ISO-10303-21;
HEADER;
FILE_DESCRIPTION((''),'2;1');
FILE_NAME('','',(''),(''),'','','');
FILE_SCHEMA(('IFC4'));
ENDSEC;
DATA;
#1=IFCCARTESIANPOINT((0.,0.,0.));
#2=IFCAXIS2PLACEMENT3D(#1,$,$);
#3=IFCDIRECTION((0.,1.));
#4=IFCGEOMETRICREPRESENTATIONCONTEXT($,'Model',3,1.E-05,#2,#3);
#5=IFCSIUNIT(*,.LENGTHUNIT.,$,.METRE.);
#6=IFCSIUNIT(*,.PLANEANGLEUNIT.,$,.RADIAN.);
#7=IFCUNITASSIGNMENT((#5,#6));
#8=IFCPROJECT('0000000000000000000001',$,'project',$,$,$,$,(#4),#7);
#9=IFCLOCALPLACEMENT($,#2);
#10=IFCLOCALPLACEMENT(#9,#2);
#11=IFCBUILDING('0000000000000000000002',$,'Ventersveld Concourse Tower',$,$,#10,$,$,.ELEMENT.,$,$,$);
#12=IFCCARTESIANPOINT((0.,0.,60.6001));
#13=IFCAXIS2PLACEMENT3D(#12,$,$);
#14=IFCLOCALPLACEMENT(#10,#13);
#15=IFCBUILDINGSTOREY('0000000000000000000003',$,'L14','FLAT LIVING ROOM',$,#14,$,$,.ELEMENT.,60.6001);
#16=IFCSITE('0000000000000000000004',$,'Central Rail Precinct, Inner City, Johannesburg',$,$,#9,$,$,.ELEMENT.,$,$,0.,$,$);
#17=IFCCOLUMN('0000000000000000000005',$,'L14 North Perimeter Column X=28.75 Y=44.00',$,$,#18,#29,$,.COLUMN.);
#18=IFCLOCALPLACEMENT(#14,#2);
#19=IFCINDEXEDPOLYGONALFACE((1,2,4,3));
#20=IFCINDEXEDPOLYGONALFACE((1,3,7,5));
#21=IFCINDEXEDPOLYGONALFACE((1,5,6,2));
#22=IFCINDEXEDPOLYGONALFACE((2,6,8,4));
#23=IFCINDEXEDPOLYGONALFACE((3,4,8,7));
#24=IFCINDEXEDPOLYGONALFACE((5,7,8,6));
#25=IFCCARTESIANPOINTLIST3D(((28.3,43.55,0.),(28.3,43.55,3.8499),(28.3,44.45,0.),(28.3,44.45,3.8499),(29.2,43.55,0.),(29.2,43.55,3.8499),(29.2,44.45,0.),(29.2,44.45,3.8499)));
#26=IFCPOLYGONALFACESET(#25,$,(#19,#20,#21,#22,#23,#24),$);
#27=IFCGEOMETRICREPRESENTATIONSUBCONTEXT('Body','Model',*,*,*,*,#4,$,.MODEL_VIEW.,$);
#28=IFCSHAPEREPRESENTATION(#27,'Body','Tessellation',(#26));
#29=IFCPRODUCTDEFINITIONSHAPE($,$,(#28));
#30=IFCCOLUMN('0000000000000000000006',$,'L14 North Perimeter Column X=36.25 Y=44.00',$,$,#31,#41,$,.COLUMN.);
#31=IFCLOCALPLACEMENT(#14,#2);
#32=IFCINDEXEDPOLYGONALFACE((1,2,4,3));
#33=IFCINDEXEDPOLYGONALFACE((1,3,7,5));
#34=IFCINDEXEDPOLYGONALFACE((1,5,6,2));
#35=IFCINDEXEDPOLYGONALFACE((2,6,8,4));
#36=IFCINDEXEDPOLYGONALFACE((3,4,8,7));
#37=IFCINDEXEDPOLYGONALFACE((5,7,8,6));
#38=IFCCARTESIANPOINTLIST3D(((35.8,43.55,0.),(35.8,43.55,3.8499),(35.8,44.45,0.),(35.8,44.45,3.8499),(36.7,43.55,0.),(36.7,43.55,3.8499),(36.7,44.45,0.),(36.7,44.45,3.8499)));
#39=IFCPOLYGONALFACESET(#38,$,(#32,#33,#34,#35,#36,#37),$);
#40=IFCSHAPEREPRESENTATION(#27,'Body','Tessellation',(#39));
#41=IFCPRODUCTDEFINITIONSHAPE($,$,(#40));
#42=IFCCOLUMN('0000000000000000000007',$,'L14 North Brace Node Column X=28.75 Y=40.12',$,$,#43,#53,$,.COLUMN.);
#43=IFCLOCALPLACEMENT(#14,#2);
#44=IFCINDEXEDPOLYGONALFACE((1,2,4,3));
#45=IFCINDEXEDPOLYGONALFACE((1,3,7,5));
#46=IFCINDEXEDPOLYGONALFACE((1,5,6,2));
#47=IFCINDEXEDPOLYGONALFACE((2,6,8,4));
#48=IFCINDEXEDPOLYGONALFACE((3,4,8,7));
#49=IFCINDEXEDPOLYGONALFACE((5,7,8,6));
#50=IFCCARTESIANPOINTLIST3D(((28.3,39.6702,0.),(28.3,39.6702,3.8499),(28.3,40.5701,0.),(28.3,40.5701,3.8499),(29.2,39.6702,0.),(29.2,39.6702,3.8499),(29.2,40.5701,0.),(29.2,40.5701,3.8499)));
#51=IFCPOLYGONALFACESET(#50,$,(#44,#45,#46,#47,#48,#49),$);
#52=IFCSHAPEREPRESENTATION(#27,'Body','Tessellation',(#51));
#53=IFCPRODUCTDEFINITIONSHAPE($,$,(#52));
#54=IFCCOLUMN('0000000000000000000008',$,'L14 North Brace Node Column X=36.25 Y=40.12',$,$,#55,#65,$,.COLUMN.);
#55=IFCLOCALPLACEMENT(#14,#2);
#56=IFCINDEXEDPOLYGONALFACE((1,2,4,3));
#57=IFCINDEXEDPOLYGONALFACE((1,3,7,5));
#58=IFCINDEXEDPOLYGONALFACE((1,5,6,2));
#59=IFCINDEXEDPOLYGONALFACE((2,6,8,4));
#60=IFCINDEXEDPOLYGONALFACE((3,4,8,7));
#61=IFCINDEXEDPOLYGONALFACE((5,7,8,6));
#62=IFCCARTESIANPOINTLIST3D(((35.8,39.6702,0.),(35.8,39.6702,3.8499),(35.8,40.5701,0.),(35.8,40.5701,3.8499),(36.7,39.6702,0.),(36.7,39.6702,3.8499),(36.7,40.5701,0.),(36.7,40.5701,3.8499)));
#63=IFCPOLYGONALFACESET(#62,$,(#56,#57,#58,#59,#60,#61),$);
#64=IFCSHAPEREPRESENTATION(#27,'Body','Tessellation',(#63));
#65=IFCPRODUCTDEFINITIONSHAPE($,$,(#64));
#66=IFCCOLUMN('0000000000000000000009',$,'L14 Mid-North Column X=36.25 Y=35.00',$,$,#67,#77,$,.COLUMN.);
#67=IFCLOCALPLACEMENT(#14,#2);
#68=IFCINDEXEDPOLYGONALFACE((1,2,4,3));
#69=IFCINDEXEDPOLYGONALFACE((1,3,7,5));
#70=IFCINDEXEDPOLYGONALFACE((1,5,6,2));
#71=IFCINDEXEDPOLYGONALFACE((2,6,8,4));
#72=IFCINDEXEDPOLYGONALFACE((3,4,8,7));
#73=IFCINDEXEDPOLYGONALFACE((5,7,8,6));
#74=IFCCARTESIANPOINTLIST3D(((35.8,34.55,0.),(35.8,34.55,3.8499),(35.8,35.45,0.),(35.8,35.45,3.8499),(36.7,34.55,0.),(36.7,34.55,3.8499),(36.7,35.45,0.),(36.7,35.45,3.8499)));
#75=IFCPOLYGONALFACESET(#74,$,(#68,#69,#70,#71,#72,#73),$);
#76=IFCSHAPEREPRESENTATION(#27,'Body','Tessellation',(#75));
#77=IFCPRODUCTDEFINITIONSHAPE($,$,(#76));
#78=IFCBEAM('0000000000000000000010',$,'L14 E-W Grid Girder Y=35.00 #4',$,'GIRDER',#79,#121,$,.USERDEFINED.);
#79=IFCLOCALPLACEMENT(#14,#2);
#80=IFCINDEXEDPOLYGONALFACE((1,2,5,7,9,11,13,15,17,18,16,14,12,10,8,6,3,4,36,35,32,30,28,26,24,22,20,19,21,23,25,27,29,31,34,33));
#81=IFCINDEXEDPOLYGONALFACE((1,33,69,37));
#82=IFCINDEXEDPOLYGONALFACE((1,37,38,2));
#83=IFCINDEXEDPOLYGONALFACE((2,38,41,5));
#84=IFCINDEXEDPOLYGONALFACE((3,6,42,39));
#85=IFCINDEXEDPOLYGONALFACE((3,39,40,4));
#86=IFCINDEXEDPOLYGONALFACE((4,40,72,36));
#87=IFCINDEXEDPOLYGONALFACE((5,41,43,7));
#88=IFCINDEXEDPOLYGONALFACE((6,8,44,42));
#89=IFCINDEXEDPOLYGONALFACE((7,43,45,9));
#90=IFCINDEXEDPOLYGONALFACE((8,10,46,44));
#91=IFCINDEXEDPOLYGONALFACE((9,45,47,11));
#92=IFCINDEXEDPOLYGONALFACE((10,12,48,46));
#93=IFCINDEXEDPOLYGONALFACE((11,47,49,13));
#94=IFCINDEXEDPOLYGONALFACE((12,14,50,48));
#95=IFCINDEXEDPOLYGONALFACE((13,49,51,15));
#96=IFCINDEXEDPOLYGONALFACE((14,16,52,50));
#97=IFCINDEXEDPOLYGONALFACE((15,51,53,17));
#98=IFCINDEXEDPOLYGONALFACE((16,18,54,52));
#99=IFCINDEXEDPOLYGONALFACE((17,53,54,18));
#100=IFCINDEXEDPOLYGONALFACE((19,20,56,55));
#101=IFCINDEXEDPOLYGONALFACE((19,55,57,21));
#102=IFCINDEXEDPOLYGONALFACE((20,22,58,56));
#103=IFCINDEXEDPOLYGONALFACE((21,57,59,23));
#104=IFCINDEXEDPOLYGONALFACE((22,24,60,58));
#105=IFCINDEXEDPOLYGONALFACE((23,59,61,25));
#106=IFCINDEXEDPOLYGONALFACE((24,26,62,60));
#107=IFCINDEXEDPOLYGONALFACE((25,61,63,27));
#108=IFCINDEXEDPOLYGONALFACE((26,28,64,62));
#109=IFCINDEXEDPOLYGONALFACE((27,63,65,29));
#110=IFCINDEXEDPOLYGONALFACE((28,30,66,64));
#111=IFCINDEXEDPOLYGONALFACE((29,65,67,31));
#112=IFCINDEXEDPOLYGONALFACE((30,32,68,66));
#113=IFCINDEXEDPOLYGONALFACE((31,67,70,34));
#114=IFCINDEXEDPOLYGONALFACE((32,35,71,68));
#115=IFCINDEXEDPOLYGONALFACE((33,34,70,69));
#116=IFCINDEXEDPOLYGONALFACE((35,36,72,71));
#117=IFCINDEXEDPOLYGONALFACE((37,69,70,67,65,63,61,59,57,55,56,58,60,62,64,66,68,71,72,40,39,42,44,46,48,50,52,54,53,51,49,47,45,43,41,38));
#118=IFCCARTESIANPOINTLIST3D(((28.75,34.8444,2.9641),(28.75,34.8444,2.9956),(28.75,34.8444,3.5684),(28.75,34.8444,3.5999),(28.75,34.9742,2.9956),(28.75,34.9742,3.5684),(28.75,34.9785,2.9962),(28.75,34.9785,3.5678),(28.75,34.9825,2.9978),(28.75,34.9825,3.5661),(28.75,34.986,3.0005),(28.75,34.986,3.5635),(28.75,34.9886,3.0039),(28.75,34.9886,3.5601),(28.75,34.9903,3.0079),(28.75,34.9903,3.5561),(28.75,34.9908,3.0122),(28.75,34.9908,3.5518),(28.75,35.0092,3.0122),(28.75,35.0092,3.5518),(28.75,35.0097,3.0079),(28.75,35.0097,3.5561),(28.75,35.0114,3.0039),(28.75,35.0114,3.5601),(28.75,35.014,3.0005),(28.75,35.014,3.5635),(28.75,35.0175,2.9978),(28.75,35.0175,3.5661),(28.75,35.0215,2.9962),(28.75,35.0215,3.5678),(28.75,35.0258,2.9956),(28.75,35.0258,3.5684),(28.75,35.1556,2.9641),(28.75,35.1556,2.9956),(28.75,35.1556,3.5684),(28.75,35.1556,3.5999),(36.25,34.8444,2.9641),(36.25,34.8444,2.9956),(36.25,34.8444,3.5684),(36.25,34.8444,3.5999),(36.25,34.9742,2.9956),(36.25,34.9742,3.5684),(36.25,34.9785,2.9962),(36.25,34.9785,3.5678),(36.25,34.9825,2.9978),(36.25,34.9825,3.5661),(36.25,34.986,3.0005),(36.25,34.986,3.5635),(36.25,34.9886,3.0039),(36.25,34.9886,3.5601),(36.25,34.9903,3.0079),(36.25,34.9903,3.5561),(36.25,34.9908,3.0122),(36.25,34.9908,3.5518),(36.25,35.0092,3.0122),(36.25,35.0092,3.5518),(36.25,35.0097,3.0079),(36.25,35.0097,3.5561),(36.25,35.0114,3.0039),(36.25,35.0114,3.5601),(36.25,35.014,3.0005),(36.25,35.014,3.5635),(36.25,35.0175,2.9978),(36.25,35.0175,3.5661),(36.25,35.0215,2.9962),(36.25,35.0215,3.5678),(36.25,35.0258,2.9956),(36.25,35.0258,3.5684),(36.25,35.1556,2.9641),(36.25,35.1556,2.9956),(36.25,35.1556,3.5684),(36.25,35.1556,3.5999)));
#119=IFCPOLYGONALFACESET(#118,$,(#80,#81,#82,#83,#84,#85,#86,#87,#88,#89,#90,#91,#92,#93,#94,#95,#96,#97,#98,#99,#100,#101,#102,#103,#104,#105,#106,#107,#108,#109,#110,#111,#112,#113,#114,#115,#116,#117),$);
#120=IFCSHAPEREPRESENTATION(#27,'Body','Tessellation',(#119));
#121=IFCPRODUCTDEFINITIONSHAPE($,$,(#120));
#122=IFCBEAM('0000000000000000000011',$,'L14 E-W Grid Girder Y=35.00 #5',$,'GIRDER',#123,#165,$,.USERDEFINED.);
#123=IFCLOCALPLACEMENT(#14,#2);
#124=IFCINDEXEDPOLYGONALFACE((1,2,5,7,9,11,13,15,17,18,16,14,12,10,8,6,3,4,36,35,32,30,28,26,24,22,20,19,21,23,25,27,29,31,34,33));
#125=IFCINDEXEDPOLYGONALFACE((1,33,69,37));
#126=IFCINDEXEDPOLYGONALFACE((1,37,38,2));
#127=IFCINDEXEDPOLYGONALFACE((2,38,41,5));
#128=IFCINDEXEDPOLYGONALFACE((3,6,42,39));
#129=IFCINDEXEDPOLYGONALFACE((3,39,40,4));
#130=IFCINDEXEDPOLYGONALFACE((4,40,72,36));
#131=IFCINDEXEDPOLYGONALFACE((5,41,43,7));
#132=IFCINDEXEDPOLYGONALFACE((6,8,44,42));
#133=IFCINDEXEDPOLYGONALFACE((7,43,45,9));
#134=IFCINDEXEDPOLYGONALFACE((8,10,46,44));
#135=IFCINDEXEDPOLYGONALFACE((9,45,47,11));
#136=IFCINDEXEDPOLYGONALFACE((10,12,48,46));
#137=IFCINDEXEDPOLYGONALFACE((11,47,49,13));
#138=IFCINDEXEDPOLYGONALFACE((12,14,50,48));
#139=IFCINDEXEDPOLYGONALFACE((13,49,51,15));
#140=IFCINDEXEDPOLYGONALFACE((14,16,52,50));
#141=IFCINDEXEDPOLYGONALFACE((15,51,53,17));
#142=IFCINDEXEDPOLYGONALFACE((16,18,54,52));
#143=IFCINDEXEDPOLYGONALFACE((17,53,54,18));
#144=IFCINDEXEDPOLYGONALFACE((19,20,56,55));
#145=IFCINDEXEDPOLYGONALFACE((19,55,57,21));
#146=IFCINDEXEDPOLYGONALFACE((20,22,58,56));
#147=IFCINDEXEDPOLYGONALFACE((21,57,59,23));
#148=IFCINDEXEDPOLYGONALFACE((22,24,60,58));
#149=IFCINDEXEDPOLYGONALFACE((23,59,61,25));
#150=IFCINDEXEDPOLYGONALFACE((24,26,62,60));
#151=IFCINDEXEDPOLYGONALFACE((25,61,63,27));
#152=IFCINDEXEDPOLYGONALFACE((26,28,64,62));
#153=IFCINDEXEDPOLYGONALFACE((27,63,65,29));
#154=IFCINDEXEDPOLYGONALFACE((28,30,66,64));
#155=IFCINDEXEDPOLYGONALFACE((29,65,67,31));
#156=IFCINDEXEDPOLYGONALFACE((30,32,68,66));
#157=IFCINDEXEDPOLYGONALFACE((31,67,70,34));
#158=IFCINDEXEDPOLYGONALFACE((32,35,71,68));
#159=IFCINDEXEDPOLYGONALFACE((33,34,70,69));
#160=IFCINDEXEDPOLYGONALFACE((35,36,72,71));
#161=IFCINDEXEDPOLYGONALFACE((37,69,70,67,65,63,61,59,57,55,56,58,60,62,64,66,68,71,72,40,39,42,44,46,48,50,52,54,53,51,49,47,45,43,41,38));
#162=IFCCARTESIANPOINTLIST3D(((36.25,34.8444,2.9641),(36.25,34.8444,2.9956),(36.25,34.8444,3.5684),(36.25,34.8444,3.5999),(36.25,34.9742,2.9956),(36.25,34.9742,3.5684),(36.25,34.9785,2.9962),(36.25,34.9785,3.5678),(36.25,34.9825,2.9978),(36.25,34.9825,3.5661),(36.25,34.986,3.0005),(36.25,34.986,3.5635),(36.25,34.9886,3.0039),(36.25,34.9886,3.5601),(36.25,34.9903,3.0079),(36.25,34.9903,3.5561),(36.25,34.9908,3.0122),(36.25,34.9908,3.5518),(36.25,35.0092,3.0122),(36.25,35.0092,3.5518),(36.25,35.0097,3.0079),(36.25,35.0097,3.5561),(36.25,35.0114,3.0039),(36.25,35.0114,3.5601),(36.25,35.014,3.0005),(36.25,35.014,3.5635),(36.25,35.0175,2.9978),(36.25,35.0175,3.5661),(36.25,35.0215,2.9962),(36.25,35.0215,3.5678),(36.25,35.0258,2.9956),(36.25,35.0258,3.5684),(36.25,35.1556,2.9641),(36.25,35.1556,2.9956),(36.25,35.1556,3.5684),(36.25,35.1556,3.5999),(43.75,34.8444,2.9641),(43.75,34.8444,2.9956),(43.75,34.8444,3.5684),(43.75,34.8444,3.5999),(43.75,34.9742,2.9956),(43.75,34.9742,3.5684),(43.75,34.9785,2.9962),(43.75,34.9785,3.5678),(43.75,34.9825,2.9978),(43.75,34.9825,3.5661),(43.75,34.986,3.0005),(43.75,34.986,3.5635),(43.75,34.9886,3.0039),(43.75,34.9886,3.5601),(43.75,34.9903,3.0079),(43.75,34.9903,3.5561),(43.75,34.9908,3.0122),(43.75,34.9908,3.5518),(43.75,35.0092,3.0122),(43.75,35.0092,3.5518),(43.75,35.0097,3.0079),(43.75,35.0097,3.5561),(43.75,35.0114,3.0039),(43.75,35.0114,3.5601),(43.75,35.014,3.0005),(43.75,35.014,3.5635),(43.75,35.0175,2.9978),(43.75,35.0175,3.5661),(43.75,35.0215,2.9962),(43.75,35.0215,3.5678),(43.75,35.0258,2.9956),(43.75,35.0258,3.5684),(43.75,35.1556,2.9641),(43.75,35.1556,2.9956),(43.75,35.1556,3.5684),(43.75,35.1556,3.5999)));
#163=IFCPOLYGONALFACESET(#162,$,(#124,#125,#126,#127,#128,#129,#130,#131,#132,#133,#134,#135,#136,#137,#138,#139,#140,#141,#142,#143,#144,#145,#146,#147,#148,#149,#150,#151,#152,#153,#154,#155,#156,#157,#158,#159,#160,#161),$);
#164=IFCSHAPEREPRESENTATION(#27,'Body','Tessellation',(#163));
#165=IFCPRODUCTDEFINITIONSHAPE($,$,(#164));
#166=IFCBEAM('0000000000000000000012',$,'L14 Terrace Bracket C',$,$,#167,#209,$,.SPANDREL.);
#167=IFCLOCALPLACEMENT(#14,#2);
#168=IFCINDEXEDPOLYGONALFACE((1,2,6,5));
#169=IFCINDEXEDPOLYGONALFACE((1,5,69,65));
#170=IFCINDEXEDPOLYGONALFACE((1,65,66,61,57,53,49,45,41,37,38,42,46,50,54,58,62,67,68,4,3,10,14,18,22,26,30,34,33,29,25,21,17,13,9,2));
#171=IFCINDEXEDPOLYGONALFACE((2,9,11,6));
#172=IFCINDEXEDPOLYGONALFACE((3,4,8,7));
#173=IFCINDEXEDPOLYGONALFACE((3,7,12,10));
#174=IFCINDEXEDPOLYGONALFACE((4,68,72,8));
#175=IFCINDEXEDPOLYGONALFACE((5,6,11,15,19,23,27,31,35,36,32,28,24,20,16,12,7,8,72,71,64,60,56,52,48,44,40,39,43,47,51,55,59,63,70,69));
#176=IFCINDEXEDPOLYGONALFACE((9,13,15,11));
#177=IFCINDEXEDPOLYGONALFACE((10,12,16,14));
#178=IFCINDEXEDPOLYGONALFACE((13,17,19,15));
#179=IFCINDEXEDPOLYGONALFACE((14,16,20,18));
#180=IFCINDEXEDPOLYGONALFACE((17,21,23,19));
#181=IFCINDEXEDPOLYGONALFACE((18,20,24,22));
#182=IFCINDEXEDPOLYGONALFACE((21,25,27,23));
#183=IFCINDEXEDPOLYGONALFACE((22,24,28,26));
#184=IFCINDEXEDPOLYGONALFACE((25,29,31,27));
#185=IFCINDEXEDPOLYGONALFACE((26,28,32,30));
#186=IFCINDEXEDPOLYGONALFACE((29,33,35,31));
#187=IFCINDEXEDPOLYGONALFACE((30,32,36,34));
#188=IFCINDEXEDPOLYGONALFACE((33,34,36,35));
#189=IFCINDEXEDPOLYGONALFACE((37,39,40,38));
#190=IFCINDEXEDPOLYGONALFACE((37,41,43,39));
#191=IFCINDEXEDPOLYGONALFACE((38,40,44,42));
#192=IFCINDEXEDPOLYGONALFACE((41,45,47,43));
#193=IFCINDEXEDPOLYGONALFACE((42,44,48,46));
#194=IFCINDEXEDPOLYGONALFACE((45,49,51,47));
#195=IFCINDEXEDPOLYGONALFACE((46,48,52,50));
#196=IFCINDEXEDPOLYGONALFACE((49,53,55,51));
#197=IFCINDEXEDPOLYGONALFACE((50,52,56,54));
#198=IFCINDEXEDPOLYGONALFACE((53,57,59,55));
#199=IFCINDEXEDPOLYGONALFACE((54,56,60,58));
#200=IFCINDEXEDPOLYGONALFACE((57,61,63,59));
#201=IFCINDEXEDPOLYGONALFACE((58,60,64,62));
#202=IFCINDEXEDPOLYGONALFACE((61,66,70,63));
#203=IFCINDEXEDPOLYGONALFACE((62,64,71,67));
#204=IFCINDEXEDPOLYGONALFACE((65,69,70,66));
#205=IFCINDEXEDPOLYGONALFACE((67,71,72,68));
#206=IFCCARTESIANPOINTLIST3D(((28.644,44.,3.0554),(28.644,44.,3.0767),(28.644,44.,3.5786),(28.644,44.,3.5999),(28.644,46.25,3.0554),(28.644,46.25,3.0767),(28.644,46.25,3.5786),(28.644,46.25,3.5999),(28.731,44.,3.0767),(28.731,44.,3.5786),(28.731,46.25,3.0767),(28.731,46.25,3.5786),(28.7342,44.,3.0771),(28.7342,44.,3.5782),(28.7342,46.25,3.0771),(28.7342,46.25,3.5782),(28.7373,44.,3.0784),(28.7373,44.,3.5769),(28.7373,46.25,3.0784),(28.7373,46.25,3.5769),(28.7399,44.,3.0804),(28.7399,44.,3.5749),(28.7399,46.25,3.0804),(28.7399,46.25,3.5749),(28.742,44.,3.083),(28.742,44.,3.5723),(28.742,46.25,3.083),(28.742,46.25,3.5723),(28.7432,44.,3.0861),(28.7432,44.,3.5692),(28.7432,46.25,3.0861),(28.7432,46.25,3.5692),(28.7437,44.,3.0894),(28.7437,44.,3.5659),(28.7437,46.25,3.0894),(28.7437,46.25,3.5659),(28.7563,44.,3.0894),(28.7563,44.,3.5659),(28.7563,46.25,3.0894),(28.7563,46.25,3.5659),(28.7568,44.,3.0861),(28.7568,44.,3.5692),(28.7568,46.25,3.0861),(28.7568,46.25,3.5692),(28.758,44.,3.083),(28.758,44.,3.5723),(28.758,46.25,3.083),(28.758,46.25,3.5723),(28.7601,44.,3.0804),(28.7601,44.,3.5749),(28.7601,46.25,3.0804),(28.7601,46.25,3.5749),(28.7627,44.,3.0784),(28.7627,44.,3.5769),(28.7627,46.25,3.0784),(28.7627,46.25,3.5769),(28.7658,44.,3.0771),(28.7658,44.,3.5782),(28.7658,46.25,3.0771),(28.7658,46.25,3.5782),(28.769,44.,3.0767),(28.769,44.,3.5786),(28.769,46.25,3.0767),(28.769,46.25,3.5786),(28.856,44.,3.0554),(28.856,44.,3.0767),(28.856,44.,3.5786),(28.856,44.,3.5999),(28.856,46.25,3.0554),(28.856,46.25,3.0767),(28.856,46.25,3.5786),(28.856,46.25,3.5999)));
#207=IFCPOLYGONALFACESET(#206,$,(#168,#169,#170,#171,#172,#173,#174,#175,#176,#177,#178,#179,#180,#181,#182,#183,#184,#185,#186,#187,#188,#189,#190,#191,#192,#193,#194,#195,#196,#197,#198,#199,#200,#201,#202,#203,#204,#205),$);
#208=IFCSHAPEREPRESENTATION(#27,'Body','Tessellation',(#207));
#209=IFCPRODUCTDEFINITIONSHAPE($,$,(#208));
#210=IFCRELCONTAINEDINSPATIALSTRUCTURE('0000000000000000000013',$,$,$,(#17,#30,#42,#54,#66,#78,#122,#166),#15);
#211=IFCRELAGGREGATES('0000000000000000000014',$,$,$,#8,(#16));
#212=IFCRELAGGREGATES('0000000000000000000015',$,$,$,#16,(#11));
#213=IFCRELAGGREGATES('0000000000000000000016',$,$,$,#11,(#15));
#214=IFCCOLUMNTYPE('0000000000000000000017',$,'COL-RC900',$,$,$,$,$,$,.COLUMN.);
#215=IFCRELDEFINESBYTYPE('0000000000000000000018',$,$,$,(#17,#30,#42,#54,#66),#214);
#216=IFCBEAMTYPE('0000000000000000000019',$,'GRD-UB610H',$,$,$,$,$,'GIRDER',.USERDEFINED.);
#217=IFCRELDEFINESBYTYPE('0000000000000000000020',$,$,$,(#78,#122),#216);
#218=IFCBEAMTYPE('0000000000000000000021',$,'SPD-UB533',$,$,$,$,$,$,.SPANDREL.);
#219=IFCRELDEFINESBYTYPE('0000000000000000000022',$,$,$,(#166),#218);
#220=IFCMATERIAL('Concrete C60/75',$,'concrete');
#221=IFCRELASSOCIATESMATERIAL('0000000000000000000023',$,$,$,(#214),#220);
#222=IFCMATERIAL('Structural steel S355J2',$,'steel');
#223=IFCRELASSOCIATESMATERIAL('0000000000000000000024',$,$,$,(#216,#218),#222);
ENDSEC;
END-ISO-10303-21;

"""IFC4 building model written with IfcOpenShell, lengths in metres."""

from ifc_helpers import new_model, si_unit, direction, frame, origin, origin_2d, place, context, subcontext, project, spatial, rectangle, i_section, extrude, material, material_profile, profile_set, type_object, element, save


model = new_model("IFC4")

# Units and contexts
model_context = context("Model", 3, precision=1e-05, world=origin(), true_north=direction((0.0, 1.0)))
body_context = subcontext(model_context, "Body", "Model", "MODEL_VIEW")
ifc_project = project(units=[si_unit("LENGTHUNIT", "METRE"), si_unit("PLANEANGLEUNIT", "RADIAN")], contexts=[model_context])

# Site, building, storey
site_placement = place(None, origin())
site = spatial("IfcSite", under=ifc_project, at=site_placement, Name="Central Rail Precinct, Inner City, Johannesburg", CompositionType="ELEMENT", RefElevation=0.0)
building_placement = place(site_placement, origin())
building = spatial("IfcBuilding", under=site, at=building_placement, Name="Ventersveld Concourse Tower", CompositionType="ELEMENT")
storey_placement = place(building_placement, frame((0.0, 0.0, 60.6001)))
storey = spatial("IfcBuildingStorey", under=building, at=storey_placement, Name="L14", Description="FLAT LIVING ROOM", CompositionType="ELEMENT", Elevation=60.6001)

# Columns
ifc_material_1 = material(Name="Concrete C60/75", Category="concrete")
ifc_material_profile_1 = material_profile(ifc_material_1, rectangle(XDim=0.8999, YDim=0.8999, at=origin_2d()), Name="RC 900x900")
ifc_profile_set_1 = profile_set([ifc_material_profile_1], Name="Concrete C60/75")
column_type = type_object("IfcColumnType", Name="COL-RC900", PredefinedType="COLUMN", material=ifc_profile_set_1)
for number, where, z_axis, x_axis, name in (
    (1, (28.75, 44.0, 0.0), (0.0, 0.0, 1.0), (1.0, 0.0, 0.0), "L14 North Perimeter Column X=28.75 Y=44.00"),
    (2, (36.25, 44.0, 0.0), (0.0, 0.0, 1.0), (1.0, 0.0, 0.0), "L14 North Perimeter Column X=36.25 Y=44.00"),
    (3, (28.75, 40.1201, 0.0), (0.0, 0.0, 1.0), (1.0, 0.0, 0.0), "L14 North Brace Node Column X=28.75 Y=40.12"),
    (4, (36.25, 40.1201, 0.0), (0.0, 0.0, 1.0), (1.0, 0.0, 0.0), "L14 North Brace Node Column X=36.25 Y=40.12"),
    (5, (36.25, 35.0, 0.0), (0.0, 0.0, 1.0), (1.0, 0.0, 0.0), "L14 Mid-North Column X=36.25 Y=35.00"),
):
    element("IfcColumn", number, at=place(storey_placement, frame(where, z_axis=z_axis, x_axis=x_axis)), inside=storey, type_object=column_type, Name=name, PredefinedType="COLUMN", context=body_context, shape_type="SweptSolid", body=[
        extrude(rectangle(XDim=0.8999, YDim=0.8999, at=origin_2d()), origin(), (0.0, 0.0, 1.0), 3.8499),
    ])

# Beams
ifc_material_2 = material(Name="Structural steel S355J2", Category="steel")
ifc_material_profile_2 = material_profile(ifc_material_2, i_section(OverallWidth=0.3113, OverallDepth=0.6357, WebThickness=0.0183, FlangeThickness=0.0315, FilletRadius=0.0166, at=origin_2d()), Name="UB 610x305x238")
ifc_profile_set_2 = profile_set([ifc_material_profile_2], Name="Structural steel S355J2")
beam_type_1 = type_object("IfcBeamType", Name="GRD-UB610H", ElementType="GIRDER", PredefinedType="USERDEFINED", material=ifc_profile_set_2)
for number, where, z_axis, x_axis, name in (
    (6, (28.75, 35.0, 3.282), (1.0, 0.0, 0.0), (0.0, 1.0, 0.0), "L14 E-W Grid Girder Y=35.00 #4"),
    (7, (36.25, 35.0, 3.282), (1.0, 0.0, 0.0), (0.0, 1.0, 0.0), "L14 E-W Grid Girder Y=35.00 #5"),
):
    element("IfcBeam", number, at=place(storey_placement, frame(where, z_axis=z_axis, x_axis=x_axis)), inside=storey, type_object=beam_type_1, Name=name, ObjectType="GIRDER", PredefinedType="USERDEFINED", context=body_context, shape_type="SweptSolid", body=[
        extrude(i_section(OverallWidth=0.3113, OverallDepth=0.6357, WebThickness=0.0183, FlangeThickness=0.0315, FilletRadius=0.0166, at=origin_2d()), origin(), (0.0, 0.0, 1.0), 7.5),
    ])
ifc_material_profile_3 = material_profile(ifc_material_2, i_section(OverallWidth=0.2119, OverallDepth=0.5444, WebThickness=0.0127, FlangeThickness=0.0212, FilletRadius=0.0127, at=origin_2d()), Name="UB 533x210x122")
ifc_profile_set_3 = profile_set([ifc_material_profile_3], Name="Structural steel S355J2")
beam_type_2 = type_object("IfcBeamType", Name="SPD-UB533", PredefinedType="SPANDREL", material=ifc_profile_set_3)
for number, where, z_axis, x_axis, name in (
    (8, (28.75, 44.0, 3.3276), (0.0, 1.0, 0.0), (-1.0, 0.0, 0.0), "L14 Terrace Bracket C"),
):
    element("IfcBeam", number, at=place(storey_placement, frame(where, z_axis=z_axis, x_axis=x_axis)), inside=storey, type_object=beam_type_2, Name=name, PredefinedType="SPANDREL", context=body_context, shape_type="SweptSolid", body=[
        extrude(i_section(OverallWidth=0.2119, OverallDepth=0.5444, WebThickness=0.0127, FlangeThickness=0.0212, FilletRadius=0.0127, at=origin_2d()), origin(), (0.0, 0.0, 1.0), 2.25),
    ])

save(model, "model.ifc")
